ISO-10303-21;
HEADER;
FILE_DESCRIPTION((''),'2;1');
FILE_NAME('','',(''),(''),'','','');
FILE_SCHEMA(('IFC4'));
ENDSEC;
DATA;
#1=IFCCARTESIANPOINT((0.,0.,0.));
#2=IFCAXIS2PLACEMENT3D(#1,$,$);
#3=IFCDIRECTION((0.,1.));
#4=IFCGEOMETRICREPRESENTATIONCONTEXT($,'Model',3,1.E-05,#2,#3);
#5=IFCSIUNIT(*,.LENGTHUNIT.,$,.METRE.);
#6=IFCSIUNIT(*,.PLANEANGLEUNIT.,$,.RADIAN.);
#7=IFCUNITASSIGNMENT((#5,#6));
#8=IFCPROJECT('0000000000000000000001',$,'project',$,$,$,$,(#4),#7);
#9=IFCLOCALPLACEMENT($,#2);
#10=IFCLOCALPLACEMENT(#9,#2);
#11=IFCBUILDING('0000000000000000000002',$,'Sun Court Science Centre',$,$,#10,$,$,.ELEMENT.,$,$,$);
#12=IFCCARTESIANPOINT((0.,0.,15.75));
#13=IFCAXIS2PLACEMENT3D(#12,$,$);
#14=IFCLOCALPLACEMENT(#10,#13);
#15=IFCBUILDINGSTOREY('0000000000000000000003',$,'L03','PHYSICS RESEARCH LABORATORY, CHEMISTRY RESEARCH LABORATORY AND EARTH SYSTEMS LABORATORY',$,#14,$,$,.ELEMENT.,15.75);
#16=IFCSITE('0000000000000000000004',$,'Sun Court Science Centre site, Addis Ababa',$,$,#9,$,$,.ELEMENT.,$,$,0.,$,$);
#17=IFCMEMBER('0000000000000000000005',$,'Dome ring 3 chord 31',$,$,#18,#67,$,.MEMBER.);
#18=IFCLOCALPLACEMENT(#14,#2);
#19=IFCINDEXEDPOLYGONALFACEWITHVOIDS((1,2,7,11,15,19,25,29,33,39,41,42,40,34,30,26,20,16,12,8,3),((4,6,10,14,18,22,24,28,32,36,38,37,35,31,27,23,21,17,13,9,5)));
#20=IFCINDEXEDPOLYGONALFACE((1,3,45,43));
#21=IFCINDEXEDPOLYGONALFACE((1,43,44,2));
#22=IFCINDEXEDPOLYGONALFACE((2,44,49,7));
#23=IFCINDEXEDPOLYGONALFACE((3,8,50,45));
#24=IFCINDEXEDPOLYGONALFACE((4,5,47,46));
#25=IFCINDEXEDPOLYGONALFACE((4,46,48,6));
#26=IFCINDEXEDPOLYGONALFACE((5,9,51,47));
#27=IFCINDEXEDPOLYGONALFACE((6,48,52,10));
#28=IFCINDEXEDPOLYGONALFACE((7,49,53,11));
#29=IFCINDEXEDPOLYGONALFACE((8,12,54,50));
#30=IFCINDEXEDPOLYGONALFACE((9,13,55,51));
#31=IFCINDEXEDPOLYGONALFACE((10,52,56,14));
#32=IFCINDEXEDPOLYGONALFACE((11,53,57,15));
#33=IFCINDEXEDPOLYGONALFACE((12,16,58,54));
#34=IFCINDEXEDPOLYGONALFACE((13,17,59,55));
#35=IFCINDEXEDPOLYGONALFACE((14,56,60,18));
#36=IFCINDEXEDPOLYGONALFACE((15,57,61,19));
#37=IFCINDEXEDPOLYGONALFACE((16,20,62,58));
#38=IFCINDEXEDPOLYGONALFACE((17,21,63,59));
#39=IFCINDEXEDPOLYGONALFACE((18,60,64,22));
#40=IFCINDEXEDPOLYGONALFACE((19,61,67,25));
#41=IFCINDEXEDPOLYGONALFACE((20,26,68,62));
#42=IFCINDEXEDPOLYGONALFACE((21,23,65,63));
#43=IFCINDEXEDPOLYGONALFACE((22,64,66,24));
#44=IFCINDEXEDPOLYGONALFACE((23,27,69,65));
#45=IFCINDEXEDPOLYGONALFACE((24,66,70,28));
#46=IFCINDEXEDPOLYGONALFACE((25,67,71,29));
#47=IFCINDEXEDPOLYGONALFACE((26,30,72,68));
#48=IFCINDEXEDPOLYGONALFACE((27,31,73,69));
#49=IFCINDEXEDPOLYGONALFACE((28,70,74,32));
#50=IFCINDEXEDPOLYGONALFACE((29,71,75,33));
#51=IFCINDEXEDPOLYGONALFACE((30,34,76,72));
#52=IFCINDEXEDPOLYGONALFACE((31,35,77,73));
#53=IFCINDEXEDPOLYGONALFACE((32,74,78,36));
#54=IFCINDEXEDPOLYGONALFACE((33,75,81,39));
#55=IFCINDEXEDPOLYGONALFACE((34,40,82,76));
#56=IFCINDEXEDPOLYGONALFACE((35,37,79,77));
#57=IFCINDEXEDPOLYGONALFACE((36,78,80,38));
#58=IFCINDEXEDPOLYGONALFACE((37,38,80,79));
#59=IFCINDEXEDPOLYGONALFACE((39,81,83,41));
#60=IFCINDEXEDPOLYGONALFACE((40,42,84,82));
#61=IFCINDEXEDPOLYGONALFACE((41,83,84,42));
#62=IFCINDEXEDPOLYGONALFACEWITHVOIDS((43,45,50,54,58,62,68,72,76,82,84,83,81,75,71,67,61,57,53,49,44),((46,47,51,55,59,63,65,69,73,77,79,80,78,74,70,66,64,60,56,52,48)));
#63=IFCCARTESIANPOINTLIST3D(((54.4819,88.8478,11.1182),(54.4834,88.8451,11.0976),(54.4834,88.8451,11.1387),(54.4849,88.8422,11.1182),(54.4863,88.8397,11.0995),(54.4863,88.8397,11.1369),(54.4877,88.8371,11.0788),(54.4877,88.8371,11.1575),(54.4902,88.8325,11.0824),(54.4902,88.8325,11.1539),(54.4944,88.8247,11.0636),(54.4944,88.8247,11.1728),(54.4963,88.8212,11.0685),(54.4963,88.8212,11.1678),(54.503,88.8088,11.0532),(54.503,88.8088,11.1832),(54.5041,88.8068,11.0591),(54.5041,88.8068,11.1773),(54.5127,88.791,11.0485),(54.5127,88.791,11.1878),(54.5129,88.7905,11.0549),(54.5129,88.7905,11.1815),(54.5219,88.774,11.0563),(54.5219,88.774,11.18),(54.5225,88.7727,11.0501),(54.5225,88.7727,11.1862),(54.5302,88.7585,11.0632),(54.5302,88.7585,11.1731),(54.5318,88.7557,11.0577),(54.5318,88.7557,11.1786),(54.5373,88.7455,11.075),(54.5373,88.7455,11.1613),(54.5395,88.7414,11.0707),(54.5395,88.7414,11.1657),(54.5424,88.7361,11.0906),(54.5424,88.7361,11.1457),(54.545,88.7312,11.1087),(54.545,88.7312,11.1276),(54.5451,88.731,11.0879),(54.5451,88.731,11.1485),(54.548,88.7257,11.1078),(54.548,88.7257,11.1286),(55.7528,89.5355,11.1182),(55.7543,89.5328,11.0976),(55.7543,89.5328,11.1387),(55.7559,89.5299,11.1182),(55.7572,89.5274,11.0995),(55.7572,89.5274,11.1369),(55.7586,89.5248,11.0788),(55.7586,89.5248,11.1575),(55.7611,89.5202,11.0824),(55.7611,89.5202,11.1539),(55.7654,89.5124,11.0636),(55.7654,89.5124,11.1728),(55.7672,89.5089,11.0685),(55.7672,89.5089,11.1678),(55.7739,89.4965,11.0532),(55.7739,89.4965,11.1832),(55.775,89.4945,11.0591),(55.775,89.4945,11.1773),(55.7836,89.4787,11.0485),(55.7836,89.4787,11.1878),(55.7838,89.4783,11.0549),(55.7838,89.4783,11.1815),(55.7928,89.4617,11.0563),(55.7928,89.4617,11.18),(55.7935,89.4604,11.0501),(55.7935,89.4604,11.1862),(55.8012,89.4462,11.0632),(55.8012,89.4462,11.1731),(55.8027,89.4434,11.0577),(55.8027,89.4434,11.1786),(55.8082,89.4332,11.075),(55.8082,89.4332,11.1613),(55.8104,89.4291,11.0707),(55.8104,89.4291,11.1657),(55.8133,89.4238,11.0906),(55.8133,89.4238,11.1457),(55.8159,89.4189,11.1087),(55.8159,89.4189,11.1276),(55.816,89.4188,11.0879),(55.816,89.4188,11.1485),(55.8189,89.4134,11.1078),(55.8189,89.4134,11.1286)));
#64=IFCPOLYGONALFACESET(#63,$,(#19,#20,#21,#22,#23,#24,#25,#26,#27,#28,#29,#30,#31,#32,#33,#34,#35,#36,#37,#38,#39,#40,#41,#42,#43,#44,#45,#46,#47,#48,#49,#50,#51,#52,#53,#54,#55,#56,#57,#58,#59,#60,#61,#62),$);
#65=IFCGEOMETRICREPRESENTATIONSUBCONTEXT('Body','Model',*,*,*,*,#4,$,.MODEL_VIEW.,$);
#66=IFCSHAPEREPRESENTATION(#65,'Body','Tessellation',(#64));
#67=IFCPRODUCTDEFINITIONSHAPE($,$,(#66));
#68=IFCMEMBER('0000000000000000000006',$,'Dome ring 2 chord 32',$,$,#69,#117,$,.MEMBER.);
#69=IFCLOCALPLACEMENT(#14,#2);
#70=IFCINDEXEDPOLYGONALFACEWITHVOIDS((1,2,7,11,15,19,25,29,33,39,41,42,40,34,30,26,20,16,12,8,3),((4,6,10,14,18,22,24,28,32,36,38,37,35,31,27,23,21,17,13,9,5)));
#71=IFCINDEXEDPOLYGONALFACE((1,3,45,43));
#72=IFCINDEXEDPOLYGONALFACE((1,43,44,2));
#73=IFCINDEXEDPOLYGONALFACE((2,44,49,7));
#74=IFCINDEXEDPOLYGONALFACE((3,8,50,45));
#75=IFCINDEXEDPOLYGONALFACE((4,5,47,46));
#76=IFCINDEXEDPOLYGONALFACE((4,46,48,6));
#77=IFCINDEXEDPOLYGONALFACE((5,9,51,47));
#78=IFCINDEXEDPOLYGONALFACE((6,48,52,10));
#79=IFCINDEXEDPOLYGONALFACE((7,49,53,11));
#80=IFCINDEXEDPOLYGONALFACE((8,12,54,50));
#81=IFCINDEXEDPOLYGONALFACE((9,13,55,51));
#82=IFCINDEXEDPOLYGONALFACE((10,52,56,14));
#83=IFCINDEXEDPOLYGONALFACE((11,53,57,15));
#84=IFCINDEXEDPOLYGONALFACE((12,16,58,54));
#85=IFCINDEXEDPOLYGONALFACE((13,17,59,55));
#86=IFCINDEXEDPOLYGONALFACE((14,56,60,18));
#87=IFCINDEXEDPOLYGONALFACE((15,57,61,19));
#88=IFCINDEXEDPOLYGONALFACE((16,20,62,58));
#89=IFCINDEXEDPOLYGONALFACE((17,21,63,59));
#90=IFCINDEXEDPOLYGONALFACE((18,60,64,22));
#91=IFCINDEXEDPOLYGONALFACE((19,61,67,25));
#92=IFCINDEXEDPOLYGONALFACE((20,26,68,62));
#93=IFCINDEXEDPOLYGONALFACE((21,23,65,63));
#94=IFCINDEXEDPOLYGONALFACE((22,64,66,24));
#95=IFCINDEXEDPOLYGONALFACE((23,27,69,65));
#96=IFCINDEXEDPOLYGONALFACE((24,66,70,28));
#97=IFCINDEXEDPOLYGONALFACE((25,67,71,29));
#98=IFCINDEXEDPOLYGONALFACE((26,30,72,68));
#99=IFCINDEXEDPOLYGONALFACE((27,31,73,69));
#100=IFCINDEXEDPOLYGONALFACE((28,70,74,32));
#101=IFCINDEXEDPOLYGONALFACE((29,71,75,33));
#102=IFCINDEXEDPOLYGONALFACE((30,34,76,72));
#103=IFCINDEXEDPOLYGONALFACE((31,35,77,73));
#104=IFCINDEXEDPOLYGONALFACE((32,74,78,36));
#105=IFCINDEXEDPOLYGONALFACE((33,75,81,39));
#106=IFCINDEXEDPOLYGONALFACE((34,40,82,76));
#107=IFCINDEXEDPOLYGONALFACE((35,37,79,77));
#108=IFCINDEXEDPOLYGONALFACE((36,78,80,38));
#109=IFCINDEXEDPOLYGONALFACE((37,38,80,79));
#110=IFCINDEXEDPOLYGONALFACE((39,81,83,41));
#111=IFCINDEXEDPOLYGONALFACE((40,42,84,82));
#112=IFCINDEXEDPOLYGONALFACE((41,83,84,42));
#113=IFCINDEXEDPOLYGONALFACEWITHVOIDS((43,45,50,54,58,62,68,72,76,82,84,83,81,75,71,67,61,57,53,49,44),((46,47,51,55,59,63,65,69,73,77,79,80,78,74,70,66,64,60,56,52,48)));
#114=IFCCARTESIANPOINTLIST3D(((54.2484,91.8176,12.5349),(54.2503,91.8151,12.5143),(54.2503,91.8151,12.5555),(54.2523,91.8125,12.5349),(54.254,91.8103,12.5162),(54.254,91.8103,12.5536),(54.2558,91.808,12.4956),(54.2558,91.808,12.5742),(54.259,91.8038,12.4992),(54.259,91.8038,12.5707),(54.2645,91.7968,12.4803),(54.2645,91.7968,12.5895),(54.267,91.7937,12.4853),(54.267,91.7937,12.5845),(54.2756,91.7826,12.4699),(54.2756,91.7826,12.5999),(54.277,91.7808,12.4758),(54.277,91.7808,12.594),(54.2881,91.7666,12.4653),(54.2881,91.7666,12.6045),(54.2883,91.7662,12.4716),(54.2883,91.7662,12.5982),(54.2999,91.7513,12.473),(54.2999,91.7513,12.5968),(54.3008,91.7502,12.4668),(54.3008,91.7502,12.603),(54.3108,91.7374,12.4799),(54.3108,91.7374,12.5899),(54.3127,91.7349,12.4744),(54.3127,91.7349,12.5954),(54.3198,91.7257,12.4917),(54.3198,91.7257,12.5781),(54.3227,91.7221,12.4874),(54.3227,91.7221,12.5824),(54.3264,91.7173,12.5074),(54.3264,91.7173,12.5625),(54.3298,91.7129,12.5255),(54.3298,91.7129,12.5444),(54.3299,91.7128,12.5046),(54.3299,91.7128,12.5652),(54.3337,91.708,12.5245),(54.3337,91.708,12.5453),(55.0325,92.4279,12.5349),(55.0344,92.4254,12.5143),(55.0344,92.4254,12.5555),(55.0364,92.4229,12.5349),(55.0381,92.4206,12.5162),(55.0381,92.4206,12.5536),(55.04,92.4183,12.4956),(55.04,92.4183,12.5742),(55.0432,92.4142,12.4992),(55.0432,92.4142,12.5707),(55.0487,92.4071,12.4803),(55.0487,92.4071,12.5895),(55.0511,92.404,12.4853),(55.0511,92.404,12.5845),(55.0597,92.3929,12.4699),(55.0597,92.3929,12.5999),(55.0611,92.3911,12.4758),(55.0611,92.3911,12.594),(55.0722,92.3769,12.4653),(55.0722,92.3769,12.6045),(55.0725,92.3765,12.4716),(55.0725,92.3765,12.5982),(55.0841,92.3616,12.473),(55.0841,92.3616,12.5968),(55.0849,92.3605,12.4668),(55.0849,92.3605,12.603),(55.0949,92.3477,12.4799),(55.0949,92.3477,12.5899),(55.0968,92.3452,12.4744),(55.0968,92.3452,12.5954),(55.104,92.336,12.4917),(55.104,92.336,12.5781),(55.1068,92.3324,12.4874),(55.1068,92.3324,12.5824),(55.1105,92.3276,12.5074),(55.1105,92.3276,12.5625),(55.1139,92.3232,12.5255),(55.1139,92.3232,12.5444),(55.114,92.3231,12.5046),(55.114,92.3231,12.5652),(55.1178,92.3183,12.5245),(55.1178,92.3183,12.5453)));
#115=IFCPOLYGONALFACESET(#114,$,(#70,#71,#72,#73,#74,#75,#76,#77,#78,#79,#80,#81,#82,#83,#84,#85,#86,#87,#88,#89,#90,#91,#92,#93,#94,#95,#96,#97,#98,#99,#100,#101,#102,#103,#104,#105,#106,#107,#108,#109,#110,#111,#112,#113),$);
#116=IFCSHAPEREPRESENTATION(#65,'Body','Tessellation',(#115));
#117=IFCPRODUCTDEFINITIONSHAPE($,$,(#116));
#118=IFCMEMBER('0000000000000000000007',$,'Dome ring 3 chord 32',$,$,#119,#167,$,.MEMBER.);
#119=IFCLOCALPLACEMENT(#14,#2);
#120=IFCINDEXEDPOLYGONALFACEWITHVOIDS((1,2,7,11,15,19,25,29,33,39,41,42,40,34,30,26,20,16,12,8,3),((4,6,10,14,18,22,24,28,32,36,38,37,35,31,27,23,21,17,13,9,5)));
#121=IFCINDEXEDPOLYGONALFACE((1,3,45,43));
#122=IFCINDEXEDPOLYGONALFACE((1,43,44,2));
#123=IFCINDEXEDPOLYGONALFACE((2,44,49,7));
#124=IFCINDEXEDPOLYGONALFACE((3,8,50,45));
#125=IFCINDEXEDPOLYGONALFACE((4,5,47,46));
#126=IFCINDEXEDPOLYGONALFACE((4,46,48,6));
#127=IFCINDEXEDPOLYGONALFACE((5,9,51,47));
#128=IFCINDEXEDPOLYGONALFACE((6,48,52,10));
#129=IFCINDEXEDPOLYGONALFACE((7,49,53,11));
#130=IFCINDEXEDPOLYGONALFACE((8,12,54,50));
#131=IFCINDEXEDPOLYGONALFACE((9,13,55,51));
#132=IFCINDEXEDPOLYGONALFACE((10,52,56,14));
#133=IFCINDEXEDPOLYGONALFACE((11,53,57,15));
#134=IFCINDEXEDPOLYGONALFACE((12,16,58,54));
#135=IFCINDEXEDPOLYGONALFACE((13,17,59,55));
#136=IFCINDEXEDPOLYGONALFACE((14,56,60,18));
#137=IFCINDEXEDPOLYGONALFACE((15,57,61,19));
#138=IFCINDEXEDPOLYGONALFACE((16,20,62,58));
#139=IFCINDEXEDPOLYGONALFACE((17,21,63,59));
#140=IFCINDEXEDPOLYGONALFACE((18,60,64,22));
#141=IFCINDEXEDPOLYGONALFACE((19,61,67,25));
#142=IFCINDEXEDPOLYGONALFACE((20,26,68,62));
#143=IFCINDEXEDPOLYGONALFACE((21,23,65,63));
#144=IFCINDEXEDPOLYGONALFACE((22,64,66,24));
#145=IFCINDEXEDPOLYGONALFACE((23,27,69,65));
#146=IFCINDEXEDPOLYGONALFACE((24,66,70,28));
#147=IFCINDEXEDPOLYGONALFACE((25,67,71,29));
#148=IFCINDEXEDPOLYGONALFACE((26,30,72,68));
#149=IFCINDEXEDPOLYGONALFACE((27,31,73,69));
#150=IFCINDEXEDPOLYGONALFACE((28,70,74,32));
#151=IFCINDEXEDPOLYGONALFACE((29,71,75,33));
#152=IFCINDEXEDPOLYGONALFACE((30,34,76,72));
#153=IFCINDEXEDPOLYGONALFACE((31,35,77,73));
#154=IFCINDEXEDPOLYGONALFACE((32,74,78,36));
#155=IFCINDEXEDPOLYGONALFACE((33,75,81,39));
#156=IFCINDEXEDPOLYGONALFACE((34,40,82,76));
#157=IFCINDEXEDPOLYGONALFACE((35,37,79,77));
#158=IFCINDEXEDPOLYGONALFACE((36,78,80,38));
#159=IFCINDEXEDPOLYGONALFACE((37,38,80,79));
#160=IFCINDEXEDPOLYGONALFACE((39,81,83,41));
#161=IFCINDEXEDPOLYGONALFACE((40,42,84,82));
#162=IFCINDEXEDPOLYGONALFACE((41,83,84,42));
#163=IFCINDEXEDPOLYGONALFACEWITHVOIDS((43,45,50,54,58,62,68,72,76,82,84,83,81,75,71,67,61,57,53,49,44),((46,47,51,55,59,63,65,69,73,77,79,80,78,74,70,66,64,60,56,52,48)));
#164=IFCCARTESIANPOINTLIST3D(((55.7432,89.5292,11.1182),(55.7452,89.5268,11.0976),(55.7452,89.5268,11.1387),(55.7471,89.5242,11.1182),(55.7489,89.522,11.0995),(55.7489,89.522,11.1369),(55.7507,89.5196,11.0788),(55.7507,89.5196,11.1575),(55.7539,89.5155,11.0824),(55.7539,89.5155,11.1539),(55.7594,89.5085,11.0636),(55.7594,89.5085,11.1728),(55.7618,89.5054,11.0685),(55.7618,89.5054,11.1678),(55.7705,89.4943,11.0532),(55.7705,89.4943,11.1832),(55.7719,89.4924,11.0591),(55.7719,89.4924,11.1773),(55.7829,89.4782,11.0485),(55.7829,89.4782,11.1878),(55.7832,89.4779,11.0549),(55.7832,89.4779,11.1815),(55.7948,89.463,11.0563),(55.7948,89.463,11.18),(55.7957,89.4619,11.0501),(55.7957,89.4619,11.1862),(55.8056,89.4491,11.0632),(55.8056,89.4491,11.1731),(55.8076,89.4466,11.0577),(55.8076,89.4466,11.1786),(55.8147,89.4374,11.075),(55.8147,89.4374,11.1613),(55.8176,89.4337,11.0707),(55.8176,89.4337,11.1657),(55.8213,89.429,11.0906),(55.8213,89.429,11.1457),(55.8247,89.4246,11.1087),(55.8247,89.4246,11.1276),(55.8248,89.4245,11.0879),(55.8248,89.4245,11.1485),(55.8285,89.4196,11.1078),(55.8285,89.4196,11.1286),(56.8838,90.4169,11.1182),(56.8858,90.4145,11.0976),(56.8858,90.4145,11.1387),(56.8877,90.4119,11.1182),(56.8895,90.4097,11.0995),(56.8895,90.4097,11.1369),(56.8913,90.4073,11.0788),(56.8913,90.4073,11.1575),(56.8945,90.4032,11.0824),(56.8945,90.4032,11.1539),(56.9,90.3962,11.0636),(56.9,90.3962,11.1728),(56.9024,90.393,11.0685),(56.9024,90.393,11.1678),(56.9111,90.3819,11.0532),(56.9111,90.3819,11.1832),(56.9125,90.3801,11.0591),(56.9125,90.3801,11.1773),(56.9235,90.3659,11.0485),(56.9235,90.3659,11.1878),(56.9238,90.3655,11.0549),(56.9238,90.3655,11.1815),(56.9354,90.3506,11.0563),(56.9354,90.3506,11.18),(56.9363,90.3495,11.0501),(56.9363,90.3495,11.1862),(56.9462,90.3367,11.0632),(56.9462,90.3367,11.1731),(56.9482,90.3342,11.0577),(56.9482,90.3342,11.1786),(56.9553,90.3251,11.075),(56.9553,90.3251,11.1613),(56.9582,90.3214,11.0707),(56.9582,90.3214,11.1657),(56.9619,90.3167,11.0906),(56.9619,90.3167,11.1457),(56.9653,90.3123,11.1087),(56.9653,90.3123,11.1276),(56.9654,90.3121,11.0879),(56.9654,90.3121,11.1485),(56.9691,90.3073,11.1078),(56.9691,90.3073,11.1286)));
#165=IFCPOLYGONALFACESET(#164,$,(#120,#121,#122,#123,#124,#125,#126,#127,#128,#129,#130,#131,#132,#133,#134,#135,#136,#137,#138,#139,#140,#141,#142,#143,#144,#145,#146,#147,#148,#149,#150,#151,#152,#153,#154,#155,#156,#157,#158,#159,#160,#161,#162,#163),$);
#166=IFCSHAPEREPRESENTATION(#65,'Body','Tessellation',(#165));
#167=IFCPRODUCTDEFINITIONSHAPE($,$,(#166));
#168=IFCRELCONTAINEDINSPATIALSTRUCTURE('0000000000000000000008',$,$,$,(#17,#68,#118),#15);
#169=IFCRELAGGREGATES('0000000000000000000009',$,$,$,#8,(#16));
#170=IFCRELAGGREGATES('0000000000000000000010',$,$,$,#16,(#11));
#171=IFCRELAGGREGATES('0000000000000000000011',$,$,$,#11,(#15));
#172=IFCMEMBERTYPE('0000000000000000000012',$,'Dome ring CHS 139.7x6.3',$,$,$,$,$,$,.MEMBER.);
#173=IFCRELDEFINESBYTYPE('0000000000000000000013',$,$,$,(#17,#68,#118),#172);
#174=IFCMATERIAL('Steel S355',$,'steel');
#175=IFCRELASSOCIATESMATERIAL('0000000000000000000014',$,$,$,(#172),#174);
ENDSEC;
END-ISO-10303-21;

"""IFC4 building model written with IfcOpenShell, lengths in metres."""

from ifc_helpers import new_model, si_unit, direction, frame, origin, origin_2d, place, context, subcontext, project, spatial, hollow_circle, extrude, material, material_profile, profile_set, type_object, element, save


model = new_model("IFC4")

# Units and contexts
model_context = context("Model", 3, precision=1e-05, world=origin(), true_north=direction((0.0, 1.0)))
body_context = subcontext(model_context, "Body", "Model", "MODEL_VIEW")
ifc_project = project(units=[si_unit("LENGTHUNIT", "METRE"), si_unit("PLANEANGLEUNIT", "RADIAN")], contexts=[model_context])

# Site, building, storey
site_placement = place(None, origin())
site = spatial("IfcSite", under=ifc_project, at=site_placement, Name="Sun Court Science Centre site, Addis Ababa", CompositionType="ELEMENT", RefElevation=0.0)
building_placement = place(site_placement, origin())
building = spatial("IfcBuilding", under=site, at=building_placement, Name="Sun Court Science Centre", CompositionType="ELEMENT")
storey_placement = place(building_placement, frame((0.0, 0.0, 15.75)))
storey = spatial("IfcBuildingStorey", under=building, at=storey_placement, Name="L03", Description="PHYSICS RESEARCH LABORATORY, CHEMISTRY RESEARCH LABORATORY AND EARTH SYSTEMS LABORATORY", CompositionType="ELEMENT", Elevation=15.75)

# Members
ifc_material_1 = material(Name="Steel S355", Category="steel")
ifc_material_profile_1 = material_profile(ifc_material_1, hollow_circle(Radius=0.0698, WallThickness=0.0063, at=origin_2d()), Name="CHS 139.7x6.3")
ifc_profile_set_1 = profile_set([ifc_material_profile_1], Name="Steel S355")
member_type_1 = type_object("IfcMemberType", Name="Dome ring CHS 139.7x6.3", PredefinedType="MEMBER", material=ifc_profile_set_1)
member_1_placement = place(storey_placement, frame((54.5151, 88.7864, 11.1182), z_axis=(0.879498, 0.475902, 0.0), x_axis=(-0.475902, 0.879498, 0.0)))
element("IfcMember", 1, at=member_1_placement, inside=storey, type_object=member_type_1, Name="Dome ring 3 chord 31", PredefinedType="MEMBER", context=body_context, shape_type="SweptSolid", body=[
    extrude(hollow_circle(Radius=0.0698, WallThickness=0.0063, at=origin_2d()), origin(), (0.0, 0.0, 1.0), 1.4451),
])
member_2_placement = place(storey_placement, frame((54.2913, 91.7625, 12.5349), z_axis=(0.789141, 0.614213, 0.0), x_axis=(-0.614213, 0.789141, 0.0)))
element("IfcMember", 2, at=member_2_placement, inside=storey, type_object=member_type_1, Name="Dome ring 2 chord 32", PredefinedType="MEMBER", context=body_context, shape_type="SweptSolid", body=[
    extrude(hollow_circle(Radius=0.0698, WallThickness=0.0063, at=origin_2d()), origin(), (0.0, 0.0, 1.0), 0.9937),
])
member_3_placement = place(storey_placement, frame((55.7861, 89.4741, 11.1182), z_axis=(0.78917, 0.614174, 0.0), x_axis=(-0.614174, 0.78917, 0.0)))
element("IfcMember", 3, at=member_3_placement, inside=storey, type_object=member_type_1, Name="Dome ring 3 chord 32", PredefinedType="MEMBER", context=body_context, shape_type="SweptSolid", body=[
    extrude(hollow_circle(Radius=0.0698, WallThickness=0.0063, at=origin_2d()), origin(), (0.0, 0.0, 1.0), 1.4453),
])

save(model, "model.ifc")
